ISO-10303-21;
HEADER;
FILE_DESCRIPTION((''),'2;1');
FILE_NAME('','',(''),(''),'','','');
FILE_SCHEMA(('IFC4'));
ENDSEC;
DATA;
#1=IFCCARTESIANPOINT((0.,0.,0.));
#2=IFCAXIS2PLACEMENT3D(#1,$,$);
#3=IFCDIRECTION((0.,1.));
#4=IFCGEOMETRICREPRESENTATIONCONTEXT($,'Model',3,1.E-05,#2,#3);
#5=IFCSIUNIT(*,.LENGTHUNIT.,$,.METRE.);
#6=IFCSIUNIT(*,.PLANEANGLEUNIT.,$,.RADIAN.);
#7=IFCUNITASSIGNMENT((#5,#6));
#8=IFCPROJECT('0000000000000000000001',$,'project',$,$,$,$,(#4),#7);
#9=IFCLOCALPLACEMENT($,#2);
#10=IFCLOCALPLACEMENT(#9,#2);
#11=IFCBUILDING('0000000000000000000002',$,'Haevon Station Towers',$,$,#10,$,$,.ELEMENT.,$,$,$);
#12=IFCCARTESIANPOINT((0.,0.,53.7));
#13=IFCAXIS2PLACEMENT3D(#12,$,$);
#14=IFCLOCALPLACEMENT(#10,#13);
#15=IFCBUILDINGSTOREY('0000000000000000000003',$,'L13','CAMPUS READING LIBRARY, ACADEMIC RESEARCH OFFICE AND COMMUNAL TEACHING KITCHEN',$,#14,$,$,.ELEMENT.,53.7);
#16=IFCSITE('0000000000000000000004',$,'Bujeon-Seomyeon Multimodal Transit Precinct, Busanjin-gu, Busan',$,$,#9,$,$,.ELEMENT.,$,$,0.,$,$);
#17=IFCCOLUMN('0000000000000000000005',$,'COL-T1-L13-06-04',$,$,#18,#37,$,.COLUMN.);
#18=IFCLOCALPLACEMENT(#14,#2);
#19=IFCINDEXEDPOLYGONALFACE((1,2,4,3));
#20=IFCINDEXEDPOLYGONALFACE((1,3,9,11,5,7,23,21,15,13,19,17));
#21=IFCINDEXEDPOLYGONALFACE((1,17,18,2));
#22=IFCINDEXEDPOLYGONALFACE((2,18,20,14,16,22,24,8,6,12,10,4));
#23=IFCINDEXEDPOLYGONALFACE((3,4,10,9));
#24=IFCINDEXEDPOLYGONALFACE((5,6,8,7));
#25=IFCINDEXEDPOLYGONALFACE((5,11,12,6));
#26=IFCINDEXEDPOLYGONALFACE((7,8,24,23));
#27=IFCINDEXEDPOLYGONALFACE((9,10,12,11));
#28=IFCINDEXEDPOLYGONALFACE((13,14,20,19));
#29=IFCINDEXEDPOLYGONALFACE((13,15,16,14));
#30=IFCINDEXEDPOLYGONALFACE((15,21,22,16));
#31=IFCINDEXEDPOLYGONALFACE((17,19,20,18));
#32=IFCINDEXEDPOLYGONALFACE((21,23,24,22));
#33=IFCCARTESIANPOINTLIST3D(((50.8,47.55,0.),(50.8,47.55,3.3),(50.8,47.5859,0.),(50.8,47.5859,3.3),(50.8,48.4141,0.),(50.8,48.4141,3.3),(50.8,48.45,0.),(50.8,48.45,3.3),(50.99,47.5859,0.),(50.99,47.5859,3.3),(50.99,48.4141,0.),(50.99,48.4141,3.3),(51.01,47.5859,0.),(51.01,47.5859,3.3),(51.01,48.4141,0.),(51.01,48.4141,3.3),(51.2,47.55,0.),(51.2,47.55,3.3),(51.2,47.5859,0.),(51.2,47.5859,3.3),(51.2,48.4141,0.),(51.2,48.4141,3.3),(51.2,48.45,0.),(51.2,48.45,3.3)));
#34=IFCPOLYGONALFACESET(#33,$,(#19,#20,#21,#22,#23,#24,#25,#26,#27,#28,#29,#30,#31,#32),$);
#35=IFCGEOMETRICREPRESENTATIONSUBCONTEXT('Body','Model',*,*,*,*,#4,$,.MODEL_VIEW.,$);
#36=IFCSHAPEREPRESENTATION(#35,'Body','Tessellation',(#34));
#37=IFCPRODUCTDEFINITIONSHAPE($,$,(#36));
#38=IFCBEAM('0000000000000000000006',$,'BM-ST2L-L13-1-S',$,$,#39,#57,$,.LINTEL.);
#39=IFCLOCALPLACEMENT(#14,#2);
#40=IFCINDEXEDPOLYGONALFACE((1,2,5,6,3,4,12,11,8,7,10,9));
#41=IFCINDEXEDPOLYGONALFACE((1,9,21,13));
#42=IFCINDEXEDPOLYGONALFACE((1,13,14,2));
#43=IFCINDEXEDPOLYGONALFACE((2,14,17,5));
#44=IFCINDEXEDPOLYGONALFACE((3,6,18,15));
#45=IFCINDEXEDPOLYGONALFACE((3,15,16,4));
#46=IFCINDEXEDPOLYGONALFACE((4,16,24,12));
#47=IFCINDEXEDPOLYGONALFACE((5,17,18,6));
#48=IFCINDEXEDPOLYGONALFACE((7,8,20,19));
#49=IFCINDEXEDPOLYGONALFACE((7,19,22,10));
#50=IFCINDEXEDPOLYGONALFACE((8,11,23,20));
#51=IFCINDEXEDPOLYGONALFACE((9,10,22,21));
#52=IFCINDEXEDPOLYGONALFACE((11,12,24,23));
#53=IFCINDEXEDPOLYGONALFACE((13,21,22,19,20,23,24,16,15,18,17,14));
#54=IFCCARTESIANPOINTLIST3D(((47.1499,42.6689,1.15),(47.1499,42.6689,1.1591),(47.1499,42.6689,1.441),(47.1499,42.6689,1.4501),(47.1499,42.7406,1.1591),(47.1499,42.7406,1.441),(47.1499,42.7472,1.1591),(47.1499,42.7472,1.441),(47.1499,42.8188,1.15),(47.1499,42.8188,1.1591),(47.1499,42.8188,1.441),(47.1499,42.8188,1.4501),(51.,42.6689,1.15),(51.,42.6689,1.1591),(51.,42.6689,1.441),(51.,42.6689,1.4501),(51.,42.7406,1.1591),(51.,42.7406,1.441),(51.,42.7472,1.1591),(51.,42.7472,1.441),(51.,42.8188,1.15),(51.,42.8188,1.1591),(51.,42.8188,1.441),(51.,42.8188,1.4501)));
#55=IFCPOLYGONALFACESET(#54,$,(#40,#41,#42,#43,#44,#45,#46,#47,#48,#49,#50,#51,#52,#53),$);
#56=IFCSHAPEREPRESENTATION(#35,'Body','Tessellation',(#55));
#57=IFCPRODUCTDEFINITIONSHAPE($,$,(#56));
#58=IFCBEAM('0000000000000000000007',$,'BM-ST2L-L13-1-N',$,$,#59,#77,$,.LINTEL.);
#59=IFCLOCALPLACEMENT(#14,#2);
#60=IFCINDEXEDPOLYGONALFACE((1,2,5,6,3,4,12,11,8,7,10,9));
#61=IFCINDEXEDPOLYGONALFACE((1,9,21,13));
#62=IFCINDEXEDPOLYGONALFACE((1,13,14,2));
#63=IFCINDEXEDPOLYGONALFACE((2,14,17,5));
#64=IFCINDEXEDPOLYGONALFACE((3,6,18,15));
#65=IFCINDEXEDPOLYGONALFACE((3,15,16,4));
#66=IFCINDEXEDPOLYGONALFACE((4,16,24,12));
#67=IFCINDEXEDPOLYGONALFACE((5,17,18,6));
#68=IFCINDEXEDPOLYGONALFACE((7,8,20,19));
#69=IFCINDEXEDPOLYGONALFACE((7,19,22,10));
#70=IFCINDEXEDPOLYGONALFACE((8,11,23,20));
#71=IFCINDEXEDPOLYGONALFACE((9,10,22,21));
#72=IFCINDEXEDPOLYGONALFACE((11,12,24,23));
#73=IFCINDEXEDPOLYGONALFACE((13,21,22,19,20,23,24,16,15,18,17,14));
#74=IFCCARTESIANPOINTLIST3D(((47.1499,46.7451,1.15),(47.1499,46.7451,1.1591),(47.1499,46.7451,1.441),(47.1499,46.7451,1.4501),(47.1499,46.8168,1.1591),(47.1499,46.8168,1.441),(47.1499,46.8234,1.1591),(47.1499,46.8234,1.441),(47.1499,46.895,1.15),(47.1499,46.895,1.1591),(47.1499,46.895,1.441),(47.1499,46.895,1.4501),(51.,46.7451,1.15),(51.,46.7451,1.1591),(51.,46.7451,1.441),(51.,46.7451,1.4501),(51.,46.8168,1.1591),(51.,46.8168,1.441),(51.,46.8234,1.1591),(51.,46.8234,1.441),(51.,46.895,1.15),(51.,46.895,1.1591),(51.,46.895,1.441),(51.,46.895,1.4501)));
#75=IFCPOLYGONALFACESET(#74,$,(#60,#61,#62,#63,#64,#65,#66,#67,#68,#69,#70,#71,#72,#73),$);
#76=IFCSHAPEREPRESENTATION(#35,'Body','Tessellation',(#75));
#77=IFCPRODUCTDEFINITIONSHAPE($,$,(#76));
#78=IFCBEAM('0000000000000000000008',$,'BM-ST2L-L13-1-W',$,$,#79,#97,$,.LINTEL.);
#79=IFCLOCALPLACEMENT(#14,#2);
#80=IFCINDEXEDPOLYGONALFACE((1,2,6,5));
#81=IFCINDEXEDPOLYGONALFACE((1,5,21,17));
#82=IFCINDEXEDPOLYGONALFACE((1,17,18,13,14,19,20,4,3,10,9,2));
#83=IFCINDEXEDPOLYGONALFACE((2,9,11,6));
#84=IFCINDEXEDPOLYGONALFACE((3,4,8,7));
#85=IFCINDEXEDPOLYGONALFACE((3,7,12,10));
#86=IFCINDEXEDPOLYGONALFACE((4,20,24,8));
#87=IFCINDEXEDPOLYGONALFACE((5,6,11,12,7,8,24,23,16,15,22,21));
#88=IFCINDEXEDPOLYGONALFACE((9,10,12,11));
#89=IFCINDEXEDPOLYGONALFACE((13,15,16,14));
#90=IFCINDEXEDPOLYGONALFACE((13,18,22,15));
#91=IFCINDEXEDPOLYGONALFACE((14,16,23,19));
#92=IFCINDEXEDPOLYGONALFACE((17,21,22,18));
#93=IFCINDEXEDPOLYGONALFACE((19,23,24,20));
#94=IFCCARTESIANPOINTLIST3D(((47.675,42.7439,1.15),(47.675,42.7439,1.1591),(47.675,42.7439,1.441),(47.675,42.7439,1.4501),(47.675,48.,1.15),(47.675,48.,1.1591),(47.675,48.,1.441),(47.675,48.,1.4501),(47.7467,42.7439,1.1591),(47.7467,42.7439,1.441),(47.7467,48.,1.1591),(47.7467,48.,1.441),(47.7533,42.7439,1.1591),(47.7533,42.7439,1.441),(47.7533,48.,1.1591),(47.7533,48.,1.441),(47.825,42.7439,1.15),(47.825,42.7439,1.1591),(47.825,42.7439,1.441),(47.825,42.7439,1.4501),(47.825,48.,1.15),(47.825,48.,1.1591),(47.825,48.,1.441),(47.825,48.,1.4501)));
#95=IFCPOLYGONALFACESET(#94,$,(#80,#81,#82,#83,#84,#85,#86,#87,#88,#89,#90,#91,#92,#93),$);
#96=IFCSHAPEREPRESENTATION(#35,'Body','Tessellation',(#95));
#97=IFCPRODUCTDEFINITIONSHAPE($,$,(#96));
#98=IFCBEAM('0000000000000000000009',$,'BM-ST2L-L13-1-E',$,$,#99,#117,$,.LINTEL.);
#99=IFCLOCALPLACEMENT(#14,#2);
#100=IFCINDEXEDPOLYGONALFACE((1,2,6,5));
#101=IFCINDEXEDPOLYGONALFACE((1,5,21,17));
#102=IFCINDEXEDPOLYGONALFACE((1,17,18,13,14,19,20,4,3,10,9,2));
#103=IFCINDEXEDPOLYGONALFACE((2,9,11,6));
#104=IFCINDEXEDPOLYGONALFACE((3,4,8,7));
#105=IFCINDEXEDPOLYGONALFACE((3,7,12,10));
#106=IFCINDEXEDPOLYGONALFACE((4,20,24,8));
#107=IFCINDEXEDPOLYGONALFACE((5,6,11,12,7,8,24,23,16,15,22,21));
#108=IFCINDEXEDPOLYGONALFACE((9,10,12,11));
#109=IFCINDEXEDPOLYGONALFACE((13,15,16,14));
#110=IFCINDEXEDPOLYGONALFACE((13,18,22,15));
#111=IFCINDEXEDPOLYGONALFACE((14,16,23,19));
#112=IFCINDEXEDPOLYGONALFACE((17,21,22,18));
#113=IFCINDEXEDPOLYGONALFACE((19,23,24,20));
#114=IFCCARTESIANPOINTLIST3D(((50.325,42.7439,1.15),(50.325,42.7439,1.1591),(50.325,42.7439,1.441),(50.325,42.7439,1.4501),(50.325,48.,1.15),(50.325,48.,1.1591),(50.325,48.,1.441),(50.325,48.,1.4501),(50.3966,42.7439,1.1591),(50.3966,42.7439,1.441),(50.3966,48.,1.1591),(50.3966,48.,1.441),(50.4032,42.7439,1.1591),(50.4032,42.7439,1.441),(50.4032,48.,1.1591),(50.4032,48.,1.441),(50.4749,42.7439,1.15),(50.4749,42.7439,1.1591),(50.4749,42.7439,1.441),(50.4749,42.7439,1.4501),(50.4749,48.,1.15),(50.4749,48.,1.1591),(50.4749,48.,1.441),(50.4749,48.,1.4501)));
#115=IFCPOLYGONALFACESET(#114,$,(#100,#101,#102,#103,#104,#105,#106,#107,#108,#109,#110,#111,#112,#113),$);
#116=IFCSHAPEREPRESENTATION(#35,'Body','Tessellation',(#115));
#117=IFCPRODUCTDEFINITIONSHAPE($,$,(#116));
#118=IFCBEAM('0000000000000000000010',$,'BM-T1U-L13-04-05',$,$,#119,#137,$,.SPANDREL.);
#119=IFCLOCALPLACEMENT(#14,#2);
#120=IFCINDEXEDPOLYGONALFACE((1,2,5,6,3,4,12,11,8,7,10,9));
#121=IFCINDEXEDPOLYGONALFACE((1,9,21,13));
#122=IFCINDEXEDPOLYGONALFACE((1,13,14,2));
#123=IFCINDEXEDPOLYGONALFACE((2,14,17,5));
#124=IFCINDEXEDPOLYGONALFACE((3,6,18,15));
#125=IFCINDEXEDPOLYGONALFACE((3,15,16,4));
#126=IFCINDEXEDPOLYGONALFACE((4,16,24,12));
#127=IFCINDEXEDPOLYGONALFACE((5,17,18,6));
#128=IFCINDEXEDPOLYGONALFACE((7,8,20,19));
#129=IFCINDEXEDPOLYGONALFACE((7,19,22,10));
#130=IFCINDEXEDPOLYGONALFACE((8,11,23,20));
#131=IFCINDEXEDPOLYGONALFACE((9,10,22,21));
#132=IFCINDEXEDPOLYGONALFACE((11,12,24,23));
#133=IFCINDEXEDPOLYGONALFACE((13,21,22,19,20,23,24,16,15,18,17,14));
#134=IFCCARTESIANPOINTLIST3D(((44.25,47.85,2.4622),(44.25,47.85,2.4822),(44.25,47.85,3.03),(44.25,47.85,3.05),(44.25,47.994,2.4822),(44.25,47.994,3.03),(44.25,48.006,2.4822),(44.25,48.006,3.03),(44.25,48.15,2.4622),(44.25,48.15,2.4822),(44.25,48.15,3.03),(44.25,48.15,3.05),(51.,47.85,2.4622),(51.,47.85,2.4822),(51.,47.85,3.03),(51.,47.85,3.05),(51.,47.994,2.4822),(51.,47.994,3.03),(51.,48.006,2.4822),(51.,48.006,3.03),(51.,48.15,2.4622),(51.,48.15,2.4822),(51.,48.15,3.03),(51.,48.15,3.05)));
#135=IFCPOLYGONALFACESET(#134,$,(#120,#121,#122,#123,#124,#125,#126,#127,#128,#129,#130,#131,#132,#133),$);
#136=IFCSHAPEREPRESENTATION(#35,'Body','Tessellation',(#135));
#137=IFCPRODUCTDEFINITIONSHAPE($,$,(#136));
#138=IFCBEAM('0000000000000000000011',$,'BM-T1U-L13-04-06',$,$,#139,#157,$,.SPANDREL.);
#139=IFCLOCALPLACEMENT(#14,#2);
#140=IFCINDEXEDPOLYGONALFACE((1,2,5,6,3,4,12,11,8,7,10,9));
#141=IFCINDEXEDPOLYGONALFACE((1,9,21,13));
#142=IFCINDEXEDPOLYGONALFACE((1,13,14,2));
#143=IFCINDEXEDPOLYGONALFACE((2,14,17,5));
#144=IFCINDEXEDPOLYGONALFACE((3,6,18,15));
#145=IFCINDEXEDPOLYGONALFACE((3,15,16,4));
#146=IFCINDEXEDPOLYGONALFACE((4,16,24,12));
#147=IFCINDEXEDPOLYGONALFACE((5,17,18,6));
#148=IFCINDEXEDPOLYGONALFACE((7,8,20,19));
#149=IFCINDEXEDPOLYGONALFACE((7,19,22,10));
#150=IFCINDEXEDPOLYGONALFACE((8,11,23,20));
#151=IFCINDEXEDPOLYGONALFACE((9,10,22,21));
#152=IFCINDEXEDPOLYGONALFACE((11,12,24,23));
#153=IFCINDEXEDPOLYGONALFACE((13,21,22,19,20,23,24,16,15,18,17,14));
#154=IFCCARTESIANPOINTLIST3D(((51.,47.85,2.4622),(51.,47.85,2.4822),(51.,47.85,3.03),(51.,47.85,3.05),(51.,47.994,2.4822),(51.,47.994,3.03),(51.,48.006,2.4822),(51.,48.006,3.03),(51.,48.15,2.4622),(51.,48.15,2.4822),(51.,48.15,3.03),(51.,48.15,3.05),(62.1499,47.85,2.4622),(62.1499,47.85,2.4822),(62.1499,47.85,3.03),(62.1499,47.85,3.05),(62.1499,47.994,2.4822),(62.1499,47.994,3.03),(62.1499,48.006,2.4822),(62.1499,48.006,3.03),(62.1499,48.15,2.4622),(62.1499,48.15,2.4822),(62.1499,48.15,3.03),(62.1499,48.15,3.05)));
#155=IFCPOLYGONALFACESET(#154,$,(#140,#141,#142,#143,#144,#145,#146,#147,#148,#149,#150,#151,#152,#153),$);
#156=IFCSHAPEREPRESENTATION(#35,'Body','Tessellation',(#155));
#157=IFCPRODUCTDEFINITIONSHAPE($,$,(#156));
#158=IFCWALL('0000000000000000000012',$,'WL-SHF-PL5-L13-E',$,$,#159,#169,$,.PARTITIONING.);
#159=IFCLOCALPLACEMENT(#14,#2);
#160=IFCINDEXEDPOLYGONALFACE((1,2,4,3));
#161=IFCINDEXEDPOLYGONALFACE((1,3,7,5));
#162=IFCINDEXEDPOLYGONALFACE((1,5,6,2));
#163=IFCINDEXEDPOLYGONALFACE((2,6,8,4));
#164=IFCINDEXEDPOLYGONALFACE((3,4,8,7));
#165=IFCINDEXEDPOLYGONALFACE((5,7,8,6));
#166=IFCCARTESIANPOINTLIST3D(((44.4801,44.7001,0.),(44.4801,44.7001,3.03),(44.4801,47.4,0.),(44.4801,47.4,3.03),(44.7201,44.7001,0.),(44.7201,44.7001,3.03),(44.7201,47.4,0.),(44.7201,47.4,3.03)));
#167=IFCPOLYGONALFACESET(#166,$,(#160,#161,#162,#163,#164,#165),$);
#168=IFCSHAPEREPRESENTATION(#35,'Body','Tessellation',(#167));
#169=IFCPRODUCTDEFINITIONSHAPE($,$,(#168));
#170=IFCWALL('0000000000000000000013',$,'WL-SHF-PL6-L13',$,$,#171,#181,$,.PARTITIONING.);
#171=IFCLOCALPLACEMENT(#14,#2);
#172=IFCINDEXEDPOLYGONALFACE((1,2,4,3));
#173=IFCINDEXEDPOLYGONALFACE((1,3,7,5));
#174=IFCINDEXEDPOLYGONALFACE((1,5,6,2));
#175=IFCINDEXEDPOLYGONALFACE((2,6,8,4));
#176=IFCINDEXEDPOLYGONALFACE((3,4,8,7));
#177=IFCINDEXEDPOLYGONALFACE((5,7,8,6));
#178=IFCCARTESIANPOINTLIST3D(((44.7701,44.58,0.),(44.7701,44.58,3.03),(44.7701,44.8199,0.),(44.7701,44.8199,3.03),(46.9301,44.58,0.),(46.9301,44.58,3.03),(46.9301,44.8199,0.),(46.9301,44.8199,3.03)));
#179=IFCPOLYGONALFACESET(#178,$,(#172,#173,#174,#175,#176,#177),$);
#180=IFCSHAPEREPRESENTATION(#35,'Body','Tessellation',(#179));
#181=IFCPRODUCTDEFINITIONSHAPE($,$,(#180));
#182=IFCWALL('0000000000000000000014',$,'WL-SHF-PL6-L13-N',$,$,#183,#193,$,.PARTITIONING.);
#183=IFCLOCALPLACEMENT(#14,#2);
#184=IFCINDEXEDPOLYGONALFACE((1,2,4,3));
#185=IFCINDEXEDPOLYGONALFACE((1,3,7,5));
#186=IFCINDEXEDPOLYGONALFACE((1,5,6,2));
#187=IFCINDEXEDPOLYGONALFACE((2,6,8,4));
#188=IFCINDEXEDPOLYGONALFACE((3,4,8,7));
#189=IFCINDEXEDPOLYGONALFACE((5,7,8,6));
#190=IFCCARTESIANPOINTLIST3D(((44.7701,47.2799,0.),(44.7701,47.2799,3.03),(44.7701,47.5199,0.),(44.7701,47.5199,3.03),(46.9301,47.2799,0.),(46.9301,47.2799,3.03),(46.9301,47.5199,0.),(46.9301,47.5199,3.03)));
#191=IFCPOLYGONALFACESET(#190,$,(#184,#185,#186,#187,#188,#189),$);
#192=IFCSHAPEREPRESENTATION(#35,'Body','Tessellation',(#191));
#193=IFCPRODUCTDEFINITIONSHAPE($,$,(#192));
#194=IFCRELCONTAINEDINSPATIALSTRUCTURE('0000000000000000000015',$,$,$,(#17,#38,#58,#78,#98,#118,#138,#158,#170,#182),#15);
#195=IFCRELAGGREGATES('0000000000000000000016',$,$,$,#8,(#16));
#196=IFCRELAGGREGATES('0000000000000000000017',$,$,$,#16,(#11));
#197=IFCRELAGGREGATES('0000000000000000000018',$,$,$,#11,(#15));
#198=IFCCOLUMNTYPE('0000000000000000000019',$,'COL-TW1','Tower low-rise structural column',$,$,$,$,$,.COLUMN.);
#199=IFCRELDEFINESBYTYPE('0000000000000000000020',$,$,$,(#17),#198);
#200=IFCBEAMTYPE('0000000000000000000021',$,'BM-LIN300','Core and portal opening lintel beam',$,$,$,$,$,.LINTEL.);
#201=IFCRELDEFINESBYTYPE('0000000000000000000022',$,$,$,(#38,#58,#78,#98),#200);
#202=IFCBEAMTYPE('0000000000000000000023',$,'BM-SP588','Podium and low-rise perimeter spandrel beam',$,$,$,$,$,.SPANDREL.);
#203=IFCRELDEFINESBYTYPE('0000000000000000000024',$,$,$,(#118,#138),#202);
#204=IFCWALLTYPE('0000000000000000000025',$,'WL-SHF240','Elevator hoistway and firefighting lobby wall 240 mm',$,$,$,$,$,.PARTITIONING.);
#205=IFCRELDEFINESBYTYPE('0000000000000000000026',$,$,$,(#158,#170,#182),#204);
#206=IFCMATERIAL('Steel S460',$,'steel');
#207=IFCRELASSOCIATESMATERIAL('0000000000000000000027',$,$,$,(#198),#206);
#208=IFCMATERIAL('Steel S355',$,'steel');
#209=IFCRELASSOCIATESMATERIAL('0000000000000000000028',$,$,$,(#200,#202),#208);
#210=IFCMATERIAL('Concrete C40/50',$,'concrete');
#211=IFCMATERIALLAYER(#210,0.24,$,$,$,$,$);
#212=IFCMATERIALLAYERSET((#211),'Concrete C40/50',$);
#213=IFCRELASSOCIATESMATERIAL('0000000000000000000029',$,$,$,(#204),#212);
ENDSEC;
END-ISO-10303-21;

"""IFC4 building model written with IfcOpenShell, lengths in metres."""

from ifc_helpers import new_model, si_unit, direction, frame, frame_2d, origin, origin_2d, place, context, subcontext, project, spatial, rectangle, i_section, extrude, material, layer, layer_set, material_profile, profile_set, type_object, element, save


model = new_model("IFC4")

# Units and contexts
model_context = context("Model", 3, precision=1e-05, world=origin(), true_north=direction((0.0, 1.0)))
body_context = subcontext(model_context, "Body", "Model", "MODEL_VIEW")
ifc_project = project(units=[si_unit("LENGTHUNIT", "METRE"), si_unit("PLANEANGLEUNIT", "RADIAN")], contexts=[model_context])

# Site, building, storey
site_placement = place(None, origin())
site = spatial("IfcSite", under=ifc_project, at=site_placement, Name="Bujeon-Seomyeon Multimodal Transit Precinct, Busanjin-gu, Busan", CompositionType="ELEMENT", RefElevation=0.0)
building_placement = place(site_placement, origin())
building = spatial("IfcBuilding", under=site, at=building_placement, Name="Haevon Station Towers", CompositionType="ELEMENT")
storey_placement = place(building_placement, frame((0.0, 0.0, 53.7)))
storey = spatial("IfcBuildingStorey", under=building, at=storey_placement, Name="L13", Description="CAMPUS READING LIBRARY, ACADEMIC RESEARCH OFFICE AND COMMUNAL TEACHING KITCHEN", CompositionType="ELEMENT", Elevation=53.7)

# Column
ifc_material_1 = material(Name="Steel S460", Category="steel")
ifc_material_profile_1 = material_profile(ifc_material_1, i_section(OverallWidth=0.3999, OverallDepth=0.8999, WebThickness=0.02, FlangeThickness=0.0359, at=origin_2d()), Name="H-900x400x20x36")
ifc_profile_set_1 = profile_set([ifc_material_profile_1], Name="Steel S460")
column_type = type_object("IfcColumnType", Name="COL-TW1", Description="Tower low-rise structural column", PredefinedType="COLUMN", material=ifc_profile_set_1)
column_placement = place(storey_placement, frame((51.0, 48.0, 0.0), z_axis=(0.0, 0.0, 1.0), x_axis=(1.0, 0.0, 0.0)))
element("IfcColumn", 1, at=column_placement, inside=storey, type_object=column_type, Name="COL-T1-L13-06-04", PredefinedType="COLUMN", context=body_context, shape_type="SweptSolid", body=[
    extrude(i_section(OverallWidth=0.3999, OverallDepth=0.8999, WebThickness=0.02, FlangeThickness=0.0359, at=origin_2d()), origin(), (0.0, 0.0, 1.0), 3.3),
])

# Beams
ifc_material_2 = material(Name="Steel S355", Category="steel")
ifc_material_profile_2 = material_profile(ifc_material_2, i_section(OverallWidth=0.1499, OverallDepth=0.3, WebThickness=0.0066, FlangeThickness=0.009, at=origin_2d()), Name="H-300x150x6.5x9")
ifc_profile_set_2 = profile_set([ifc_material_profile_2], Name="Steel S355")
beam_type_1 = type_object("IfcBeamType", Name="BM-LIN300", Description="Core and portal opening lintel beam", PredefinedType="LINTEL", material=ifc_profile_set_2)
for number, where, z_axis, x_axis, name in (
    (2, (47.1499, 42.7439, 1.3), (1.0, 0.0, 0.0), (0.0, 1.0, 0.0), "BM-ST2L-L13-1-S"),
    (3, (47.1499, 46.8201, 1.3), (1.0, 0.0, 0.0), (0.0, 1.0, 0.0), "BM-ST2L-L13-1-N"),
):
    element("IfcBeam", number, at=place(storey_placement, frame(where, z_axis=z_axis, x_axis=x_axis)), inside=storey, type_object=beam_type_1, Name=name, PredefinedType="LINTEL", context=body_context, shape_type="SweptSolid", body=[
        extrude(i_section(OverallWidth=0.1499, OverallDepth=0.3, WebThickness=0.0066, FlangeThickness=0.009, at=origin_2d()), origin(), (0.0, 0.0, 1.0), 3.8501),
    ])
for number, where, z_axis, x_axis, name in (
    (4, (47.75, 42.7439, 1.3), (0.0, 1.0, 0.0), (-1.0, 0.0, 0.0), "BM-ST2L-L13-1-W"),
    (5, (50.3999, 42.7439, 1.3), (0.0, 1.0, 0.0), (-1.0, 0.0, 0.0), "BM-ST2L-L13-1-E"),
):
    element("IfcBeam", number, at=place(storey_placement, frame(where, z_axis=z_axis, x_axis=x_axis)), inside=storey, type_object=beam_type_1, Name=name, PredefinedType="LINTEL", context=body_context, shape_type="SweptSolid", body=[
        extrude(i_section(OverallWidth=0.1499, OverallDepth=0.3, WebThickness=0.0066, FlangeThickness=0.009, at=origin_2d()), origin(), (0.0, 0.0, 1.0), 5.2561),
    ])
ifc_material_profile_3 = material_profile(ifc_material_2, i_section(OverallWidth=0.3, OverallDepth=0.5879, WebThickness=0.012, FlangeThickness=0.02, at=origin_2d()), Name="H-588x300x12x20")
ifc_profile_set_3 = profile_set([ifc_material_profile_3], Name="Steel S355")
beam_type_2 = type_object("IfcBeamType", Name="BM-SP588", Description="Podium and low-rise perimeter spandrel beam", PredefinedType="SPANDREL", material=ifc_profile_set_3)
beam_1_placement = place(storey_placement, frame((44.25, 48.0, 2.7561), z_axis=(1.0, 0.0, 0.0), x_axis=(0.0, 1.0, 0.0)))
element("IfcBeam", 6, at=beam_1_placement, inside=storey, type_object=beam_type_2, Name="BM-T1U-L13-04-05", PredefinedType="SPANDREL", context=body_context, shape_type="SweptSolid", body=[
    extrude(i_section(OverallWidth=0.3, OverallDepth=0.5879, WebThickness=0.012, FlangeThickness=0.02, at=origin_2d()), origin(), (0.0, 0.0, 1.0), 6.75),
])
beam_2_placement = place(storey_placement, frame((51.0, 48.0, 2.7561), z_axis=(1.0, 0.0, 0.0), x_axis=(0.0, 1.0, 0.0)))
element("IfcBeam", 7, at=beam_2_placement, inside=storey, type_object=beam_type_2, Name="BM-T1U-L13-04-06", PredefinedType="SPANDREL", context=body_context, shape_type="SweptSolid", body=[
    extrude(i_section(OverallWidth=0.3, OverallDepth=0.5879, WebThickness=0.012, FlangeThickness=0.02, at=origin_2d()), origin(), (0.0, 0.0, 1.0), 11.1499),
])

# Walls
ifc_material_3 = material(Name="Concrete C40/50", Category="concrete")
ifc_layer = layer(ifc_material_3, 0.24)
ifc_layer_set = layer_set([ifc_layer], Name="Concrete C40/50")
wall_type = type_object("IfcWallType", Name="WL-SHF240", Description="Elevator hoistway and firefighting lobby wall 240 mm", PredefinedType="PARTITIONING", material=ifc_layer_set)
wall_placement = place(storey_placement, frame((44.6001, 44.7, 0.0), z_axis=(0.0, 0.0, 1.0), x_axis=(0.0, 1.0, 0.0)))
element("IfcWall", 8, at=wall_placement, inside=storey, type_object=wall_type, Name="WL-SHF-PL5-L13-E", PredefinedType="PARTITIONING", context=body_context, shape_type="SweptSolid", body=[
    extrude(rectangle(XDim=2.7, YDim=0.24, at=frame_2d((1.3501, 0.0))), origin(), (0.0, 0.0, 1.0), 3.03),
])
for number, where, z_axis, x_axis, name in (
    (9, (44.77, 44.7, 0.0), (0.0, 0.0, 1.0), (1.0, 0.0, 0.0), "WL-SHF-PL6-L13"),
    (10, (44.77, 47.3999, 0.0), (0.0, 0.0, 1.0), (1.0, 0.0, 0.0), "WL-SHF-PL6-L13-N"),
):
    element("IfcWall", number, at=place(storey_placement, frame(where, z_axis=z_axis, x_axis=x_axis)), inside=storey, type_object=wall_type, Name=name, PredefinedType="PARTITIONING", context=body_context, shape_type="SweptSolid", body=[
        extrude(rectangle(XDim=2.1599, YDim=0.24, at=frame_2d((1.0801, 0.0))), origin(), (0.0, 0.0, 1.0), 3.03),
    ])

save(model, "model.ifc")
